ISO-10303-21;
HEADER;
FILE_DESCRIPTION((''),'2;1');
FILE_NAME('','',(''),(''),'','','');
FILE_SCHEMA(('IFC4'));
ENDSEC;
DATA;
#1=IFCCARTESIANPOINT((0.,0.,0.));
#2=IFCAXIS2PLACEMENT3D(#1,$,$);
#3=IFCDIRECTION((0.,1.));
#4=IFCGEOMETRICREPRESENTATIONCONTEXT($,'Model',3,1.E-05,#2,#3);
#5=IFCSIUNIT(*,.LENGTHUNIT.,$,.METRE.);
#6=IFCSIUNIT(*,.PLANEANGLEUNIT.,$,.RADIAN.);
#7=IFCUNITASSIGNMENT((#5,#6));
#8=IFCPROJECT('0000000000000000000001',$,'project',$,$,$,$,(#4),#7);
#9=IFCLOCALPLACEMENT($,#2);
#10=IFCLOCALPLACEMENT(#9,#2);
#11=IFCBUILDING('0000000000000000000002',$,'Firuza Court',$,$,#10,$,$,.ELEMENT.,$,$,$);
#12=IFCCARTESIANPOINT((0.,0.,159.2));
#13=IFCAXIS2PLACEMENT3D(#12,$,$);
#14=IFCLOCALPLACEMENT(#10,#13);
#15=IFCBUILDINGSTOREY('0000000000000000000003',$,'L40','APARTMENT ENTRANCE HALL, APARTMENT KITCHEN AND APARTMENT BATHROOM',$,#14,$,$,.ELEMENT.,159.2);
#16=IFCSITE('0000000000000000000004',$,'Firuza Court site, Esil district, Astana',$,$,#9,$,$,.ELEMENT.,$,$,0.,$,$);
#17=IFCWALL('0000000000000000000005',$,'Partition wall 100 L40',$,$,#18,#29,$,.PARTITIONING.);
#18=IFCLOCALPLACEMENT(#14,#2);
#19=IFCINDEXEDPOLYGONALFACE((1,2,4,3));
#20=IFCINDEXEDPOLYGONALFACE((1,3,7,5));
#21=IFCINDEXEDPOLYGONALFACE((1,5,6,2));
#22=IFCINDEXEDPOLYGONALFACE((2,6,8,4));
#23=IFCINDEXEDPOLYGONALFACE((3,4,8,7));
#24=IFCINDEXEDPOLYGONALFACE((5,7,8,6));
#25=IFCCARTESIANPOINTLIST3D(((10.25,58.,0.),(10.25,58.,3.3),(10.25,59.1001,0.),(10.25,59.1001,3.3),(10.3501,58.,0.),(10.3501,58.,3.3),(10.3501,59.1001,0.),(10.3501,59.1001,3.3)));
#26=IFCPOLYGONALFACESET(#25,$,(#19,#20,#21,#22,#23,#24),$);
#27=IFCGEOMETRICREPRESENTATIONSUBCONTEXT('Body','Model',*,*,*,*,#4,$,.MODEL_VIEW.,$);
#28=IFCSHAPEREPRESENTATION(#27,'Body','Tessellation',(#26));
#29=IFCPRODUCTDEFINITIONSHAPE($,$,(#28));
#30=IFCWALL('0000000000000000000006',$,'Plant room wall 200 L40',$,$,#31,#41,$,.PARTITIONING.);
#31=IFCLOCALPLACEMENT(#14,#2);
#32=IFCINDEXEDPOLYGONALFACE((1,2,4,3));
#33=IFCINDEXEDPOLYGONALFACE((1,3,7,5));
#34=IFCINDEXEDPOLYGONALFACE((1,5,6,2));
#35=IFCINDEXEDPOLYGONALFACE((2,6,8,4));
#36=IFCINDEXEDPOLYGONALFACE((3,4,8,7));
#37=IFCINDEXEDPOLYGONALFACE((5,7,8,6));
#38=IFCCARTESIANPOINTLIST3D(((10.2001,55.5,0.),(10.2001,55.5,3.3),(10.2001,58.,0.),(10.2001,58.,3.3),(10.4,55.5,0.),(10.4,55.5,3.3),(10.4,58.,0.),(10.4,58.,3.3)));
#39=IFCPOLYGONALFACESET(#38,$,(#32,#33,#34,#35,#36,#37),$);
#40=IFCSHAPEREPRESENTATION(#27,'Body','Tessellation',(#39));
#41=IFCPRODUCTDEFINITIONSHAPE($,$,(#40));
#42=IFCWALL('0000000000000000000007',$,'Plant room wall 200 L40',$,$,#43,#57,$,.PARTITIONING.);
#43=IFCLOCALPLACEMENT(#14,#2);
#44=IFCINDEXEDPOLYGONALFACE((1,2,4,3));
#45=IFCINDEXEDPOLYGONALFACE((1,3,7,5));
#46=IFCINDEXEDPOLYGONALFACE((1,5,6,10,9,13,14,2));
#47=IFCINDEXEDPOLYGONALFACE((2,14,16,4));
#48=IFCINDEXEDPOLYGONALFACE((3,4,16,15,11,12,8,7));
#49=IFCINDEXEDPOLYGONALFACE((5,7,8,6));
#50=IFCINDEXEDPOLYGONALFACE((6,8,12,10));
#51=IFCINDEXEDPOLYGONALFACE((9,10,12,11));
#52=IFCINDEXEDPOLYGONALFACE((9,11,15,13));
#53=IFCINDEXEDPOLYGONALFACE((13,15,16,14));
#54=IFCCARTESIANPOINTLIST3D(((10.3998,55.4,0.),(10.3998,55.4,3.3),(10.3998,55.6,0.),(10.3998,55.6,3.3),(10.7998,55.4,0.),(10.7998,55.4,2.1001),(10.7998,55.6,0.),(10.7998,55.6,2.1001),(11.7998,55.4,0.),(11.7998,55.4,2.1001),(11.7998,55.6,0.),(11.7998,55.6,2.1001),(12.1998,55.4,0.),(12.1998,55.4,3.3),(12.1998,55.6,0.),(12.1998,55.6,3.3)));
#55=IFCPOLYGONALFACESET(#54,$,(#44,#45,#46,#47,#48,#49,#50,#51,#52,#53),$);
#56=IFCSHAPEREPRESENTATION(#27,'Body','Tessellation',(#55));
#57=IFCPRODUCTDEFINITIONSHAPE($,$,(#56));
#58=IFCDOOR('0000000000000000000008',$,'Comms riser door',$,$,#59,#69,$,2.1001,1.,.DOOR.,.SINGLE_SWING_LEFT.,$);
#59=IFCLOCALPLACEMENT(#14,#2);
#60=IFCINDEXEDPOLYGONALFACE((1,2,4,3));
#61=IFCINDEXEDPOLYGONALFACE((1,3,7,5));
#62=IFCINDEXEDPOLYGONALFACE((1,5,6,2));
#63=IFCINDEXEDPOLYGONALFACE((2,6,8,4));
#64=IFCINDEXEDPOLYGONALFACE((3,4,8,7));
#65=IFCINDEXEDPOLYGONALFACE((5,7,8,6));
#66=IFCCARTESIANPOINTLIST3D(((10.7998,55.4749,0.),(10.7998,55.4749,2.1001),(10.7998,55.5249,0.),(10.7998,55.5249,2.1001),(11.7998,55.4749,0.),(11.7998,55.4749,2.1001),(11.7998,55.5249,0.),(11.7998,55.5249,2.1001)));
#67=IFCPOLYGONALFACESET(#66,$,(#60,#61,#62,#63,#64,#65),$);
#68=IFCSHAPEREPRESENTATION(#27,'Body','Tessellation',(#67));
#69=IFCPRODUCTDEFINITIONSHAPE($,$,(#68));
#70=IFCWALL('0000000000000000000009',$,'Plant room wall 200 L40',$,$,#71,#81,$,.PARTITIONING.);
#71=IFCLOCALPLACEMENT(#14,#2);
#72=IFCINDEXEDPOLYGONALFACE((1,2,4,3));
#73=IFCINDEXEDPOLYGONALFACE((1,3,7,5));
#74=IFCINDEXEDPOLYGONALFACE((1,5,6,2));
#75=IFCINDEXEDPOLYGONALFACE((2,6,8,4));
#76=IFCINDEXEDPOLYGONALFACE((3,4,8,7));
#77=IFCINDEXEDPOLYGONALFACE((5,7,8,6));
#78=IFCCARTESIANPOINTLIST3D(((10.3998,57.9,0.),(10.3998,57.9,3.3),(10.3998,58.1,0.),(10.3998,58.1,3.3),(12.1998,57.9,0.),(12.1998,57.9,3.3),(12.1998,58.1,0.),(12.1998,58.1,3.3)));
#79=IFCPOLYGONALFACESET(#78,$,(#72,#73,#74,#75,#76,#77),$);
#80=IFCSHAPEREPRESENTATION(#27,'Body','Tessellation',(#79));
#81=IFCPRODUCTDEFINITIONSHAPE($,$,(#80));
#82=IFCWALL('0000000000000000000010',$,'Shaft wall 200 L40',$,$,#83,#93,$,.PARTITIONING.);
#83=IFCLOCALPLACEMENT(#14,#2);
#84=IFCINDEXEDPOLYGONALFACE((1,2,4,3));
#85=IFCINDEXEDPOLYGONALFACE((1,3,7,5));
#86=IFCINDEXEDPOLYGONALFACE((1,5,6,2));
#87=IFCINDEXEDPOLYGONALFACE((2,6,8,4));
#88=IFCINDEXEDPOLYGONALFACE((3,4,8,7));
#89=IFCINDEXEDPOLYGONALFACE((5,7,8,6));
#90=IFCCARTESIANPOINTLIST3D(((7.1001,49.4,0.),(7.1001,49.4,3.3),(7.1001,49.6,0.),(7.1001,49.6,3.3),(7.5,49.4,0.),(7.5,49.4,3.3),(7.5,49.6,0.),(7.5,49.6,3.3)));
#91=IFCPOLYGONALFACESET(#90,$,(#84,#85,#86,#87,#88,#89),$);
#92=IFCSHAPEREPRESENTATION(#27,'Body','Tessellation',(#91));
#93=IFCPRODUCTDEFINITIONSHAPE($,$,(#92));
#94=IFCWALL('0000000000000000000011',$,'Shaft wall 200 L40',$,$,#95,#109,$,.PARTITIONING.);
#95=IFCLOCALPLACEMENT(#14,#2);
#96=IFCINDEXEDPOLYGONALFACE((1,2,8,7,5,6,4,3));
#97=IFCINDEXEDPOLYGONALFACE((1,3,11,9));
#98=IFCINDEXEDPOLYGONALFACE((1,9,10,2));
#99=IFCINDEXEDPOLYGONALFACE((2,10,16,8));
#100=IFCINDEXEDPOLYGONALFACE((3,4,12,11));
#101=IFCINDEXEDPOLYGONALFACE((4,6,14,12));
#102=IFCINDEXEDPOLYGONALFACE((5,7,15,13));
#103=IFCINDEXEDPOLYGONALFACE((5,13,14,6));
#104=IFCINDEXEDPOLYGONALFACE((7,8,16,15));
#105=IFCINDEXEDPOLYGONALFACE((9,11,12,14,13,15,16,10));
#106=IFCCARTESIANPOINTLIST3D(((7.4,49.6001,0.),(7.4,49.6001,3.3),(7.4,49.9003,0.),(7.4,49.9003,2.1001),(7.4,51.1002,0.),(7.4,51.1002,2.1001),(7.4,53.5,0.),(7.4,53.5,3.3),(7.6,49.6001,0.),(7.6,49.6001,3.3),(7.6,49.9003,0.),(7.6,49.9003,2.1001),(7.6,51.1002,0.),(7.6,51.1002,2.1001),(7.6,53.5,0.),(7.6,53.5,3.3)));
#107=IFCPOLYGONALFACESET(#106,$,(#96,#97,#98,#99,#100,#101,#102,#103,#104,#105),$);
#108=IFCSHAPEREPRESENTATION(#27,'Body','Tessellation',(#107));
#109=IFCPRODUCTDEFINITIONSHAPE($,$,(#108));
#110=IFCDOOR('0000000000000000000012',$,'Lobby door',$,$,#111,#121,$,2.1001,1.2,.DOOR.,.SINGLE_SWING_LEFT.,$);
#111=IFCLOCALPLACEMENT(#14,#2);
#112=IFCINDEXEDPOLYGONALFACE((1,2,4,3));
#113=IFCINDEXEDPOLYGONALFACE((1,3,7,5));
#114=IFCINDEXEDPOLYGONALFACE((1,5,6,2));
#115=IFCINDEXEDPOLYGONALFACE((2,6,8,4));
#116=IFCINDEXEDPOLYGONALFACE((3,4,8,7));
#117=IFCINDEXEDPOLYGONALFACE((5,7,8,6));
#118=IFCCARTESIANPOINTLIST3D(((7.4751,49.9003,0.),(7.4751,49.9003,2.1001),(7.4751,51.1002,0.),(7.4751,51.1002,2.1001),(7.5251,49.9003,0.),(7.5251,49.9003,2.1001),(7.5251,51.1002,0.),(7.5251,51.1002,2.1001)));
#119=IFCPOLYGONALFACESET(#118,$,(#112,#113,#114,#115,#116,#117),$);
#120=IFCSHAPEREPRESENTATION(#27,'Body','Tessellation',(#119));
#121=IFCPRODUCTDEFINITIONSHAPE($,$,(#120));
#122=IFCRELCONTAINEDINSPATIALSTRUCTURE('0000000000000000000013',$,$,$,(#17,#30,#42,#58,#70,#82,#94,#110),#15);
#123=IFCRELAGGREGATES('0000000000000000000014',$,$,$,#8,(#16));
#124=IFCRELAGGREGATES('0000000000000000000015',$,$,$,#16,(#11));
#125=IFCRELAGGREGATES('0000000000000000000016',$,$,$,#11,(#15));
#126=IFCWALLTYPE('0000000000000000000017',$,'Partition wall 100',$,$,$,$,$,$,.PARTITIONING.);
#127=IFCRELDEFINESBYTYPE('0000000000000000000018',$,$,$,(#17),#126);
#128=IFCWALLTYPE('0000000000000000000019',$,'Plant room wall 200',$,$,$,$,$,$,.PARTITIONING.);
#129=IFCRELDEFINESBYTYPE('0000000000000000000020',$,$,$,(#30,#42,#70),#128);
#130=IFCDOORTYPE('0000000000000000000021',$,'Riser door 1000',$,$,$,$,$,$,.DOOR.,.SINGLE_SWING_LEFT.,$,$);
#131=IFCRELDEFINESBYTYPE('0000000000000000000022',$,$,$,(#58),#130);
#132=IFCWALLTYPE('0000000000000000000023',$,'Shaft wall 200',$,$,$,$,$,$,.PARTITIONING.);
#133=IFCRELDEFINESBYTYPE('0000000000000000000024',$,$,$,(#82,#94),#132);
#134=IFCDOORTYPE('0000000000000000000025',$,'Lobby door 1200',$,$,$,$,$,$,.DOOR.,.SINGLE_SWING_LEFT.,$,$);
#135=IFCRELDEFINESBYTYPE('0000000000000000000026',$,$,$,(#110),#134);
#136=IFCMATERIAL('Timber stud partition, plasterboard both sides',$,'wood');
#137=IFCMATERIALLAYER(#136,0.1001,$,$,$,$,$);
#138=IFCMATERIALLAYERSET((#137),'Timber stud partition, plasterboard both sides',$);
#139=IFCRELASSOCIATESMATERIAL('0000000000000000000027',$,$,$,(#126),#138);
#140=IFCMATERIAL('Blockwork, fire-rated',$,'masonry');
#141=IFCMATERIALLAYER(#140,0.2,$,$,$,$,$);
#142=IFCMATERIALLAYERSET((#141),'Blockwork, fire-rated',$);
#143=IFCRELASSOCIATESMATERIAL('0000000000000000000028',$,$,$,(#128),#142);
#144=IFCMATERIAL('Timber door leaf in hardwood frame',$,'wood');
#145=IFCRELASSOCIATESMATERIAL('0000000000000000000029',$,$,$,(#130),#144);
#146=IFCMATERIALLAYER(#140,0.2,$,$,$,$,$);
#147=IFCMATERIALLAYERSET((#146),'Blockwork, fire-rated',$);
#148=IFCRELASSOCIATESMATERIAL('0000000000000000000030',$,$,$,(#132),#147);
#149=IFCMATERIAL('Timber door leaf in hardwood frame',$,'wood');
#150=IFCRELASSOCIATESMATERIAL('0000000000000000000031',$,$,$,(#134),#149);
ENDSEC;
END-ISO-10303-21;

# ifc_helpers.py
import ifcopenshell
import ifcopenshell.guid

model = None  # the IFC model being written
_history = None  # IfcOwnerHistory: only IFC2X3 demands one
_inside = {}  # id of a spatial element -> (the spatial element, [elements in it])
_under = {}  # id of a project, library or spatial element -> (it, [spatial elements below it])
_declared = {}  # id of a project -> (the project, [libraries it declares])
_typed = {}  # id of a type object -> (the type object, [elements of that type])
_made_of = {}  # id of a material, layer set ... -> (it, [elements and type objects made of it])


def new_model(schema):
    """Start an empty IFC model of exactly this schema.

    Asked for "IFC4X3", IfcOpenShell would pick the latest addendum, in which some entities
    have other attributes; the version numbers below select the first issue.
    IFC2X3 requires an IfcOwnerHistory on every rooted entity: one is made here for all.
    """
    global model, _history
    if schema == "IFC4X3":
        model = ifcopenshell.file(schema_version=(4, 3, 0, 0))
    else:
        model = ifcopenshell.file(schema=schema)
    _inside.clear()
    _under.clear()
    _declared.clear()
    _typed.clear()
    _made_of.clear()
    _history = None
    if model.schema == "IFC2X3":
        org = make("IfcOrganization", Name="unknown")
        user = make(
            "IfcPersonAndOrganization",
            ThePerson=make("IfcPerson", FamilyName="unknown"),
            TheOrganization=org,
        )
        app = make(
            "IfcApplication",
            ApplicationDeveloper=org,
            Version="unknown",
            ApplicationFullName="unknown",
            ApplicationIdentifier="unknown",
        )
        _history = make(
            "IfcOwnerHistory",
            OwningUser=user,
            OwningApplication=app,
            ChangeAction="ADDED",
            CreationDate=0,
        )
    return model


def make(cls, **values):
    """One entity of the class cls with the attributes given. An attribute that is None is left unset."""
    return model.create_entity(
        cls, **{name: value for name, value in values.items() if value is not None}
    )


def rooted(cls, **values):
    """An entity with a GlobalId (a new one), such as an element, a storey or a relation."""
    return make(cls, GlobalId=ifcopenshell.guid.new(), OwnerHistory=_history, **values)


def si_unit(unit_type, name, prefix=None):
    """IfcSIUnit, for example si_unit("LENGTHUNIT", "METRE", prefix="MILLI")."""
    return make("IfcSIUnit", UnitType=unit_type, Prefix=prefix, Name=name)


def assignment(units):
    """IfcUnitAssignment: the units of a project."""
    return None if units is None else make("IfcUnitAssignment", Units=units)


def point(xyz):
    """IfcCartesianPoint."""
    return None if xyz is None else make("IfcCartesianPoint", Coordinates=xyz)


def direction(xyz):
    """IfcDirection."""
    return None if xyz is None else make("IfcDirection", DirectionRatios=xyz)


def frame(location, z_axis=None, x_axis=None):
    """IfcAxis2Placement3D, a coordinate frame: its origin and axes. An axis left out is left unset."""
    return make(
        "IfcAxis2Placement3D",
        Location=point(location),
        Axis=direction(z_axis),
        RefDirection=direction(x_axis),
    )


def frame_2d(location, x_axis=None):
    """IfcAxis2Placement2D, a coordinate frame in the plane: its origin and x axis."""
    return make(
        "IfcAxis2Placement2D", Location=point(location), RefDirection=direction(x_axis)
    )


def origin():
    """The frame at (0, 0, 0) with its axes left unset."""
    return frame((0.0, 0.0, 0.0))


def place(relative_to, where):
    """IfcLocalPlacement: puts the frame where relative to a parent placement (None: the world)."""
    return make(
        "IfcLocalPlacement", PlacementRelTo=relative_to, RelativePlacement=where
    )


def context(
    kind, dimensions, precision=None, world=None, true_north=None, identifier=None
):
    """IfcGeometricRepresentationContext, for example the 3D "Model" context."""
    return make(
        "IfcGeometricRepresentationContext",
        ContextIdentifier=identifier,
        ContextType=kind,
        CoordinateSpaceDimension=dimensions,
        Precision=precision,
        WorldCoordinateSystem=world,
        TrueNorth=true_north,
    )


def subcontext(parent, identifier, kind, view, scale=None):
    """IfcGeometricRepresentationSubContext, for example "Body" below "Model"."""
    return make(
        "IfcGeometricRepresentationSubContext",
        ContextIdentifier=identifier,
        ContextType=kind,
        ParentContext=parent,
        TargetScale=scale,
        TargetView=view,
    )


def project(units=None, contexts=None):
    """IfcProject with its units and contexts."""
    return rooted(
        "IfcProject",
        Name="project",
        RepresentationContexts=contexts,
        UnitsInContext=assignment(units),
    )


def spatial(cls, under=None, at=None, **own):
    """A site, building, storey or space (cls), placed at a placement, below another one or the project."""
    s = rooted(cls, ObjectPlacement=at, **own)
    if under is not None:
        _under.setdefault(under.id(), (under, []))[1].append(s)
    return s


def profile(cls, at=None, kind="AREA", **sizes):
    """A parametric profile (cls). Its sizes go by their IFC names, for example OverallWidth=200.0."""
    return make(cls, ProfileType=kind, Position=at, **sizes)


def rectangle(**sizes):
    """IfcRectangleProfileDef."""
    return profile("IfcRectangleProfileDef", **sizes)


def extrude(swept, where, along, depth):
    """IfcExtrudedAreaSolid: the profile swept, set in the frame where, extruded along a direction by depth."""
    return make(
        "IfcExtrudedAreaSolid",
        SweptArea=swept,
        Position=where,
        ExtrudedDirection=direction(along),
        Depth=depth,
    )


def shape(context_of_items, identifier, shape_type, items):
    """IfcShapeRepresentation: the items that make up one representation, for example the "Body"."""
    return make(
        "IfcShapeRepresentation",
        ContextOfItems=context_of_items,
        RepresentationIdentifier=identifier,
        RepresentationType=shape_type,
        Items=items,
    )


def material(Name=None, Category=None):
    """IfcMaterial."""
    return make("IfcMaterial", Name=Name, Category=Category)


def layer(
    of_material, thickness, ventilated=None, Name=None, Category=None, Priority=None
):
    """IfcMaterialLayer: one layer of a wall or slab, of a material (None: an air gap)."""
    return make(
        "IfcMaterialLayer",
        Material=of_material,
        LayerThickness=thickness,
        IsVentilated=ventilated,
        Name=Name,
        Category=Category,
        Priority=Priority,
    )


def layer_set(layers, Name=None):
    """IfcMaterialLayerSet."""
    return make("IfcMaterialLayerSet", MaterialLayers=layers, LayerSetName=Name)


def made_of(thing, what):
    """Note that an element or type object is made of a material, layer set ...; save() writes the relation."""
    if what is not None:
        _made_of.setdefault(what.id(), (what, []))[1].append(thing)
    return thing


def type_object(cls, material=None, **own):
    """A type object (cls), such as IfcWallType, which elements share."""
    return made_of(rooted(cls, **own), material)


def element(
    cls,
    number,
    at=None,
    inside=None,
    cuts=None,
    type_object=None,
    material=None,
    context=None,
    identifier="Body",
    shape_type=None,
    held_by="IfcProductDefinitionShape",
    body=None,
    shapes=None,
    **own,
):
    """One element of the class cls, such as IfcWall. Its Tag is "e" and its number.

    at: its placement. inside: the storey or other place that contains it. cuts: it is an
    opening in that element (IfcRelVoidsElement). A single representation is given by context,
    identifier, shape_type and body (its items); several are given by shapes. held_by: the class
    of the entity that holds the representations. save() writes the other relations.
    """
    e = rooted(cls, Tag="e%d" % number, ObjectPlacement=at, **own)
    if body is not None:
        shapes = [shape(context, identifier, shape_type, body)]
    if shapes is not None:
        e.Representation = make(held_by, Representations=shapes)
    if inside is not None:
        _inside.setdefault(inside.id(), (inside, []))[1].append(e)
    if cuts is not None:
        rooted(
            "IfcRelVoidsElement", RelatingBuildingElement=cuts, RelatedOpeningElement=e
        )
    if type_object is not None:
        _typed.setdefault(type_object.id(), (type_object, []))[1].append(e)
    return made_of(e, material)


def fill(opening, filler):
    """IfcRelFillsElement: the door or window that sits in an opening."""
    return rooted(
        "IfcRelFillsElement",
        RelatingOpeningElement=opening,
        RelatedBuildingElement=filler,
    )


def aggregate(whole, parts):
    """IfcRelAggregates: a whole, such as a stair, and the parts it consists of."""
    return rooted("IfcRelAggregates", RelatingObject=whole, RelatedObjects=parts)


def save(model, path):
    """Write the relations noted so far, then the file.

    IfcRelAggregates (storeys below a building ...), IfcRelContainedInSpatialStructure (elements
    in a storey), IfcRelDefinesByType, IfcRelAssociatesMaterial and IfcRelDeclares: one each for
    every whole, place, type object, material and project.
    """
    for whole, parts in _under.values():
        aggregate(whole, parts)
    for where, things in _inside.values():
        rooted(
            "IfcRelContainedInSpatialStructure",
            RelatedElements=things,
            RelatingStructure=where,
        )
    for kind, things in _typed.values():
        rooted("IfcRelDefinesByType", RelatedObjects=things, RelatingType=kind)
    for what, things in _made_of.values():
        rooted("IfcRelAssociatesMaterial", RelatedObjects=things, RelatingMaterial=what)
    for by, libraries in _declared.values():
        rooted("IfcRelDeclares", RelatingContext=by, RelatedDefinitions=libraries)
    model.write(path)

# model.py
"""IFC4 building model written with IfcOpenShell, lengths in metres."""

from ifc_helpers import new_model, si_unit, direction, frame, frame_2d, origin, place, context, subcontext, project, spatial, rectangle, extrude, material, layer, layer_set, type_object, element, fill, save


model = new_model("IFC4")

# Units and contexts
model_context = context("Model", 3, precision=1e-05, world=origin(), true_north=direction((0.0, 1.0)))
body_context = subcontext(model_context, "Body", "Model", "MODEL_VIEW")
ifc_project = project(units=[si_unit("LENGTHUNIT", "METRE"), si_unit("PLANEANGLEUNIT", "RADIAN")], contexts=[model_context])

# Site, building, storey
site_placement = place(None, origin())
site = spatial("IfcSite", under=ifc_project, at=site_placement, Name="Firuza Court site, Esil district, Astana", CompositionType="ELEMENT", RefElevation=0.0)
building_placement = place(site_placement, origin())
building = spatial("IfcBuilding", under=site, at=building_placement, Name="Firuza Court", CompositionType="ELEMENT")
storey_placement = place(building_placement, frame((0.0, 0.0, 159.2)))
storey = spatial("IfcBuildingStorey", under=building, at=storey_placement, Name="L40", Description="APARTMENT ENTRANCE HALL, APARTMENT KITCHEN AND APARTMENT BATHROOM", CompositionType="ELEMENT", Elevation=159.2)

# Walls
ifc_material_1 = material(Name="Timber stud partition, plasterboard both sides", Category="wood")
ifc_layer_1 = layer(ifc_material_1, 0.1001)
ifc_layer_set_1 = layer_set([ifc_layer_1], Name="Timber stud partition, plasterboard both sides")
wall_type_1 = type_object("IfcWallType", Name="Partition wall 100", PredefinedType="PARTITIONING", material=ifc_layer_set_1)
wall_1_placement = place(storey_placement, frame((10.3, 58.0, 0.0), z_axis=(0.0, 0.0, 1.0), x_axis=(0.0, 1.0, 0.0)))
element("IfcWall", 1, at=wall_1_placement, inside=storey, type_object=wall_type_1, Name="Partition wall 100 L40", PredefinedType="PARTITIONING", context=body_context, shape_type="SweptSolid", body=[
    extrude(rectangle(XDim=1.1001, YDim=0.1001, at=frame_2d((0.55, 0.0))), origin(), (0.0, 0.0, 1.0), 3.3),
])
ifc_material_2 = material(Name="Blockwork, fire-rated", Category="masonry")
ifc_layer_2 = layer(ifc_material_2, 0.2)
ifc_layer_set_2 = layer_set([ifc_layer_2], Name="Blockwork, fire-rated")
wall_type_2 = type_object("IfcWallType", Name="Plant room wall 200", PredefinedType="PARTITIONING", material=ifc_layer_set_2)
wall_2_placement = place(storey_placement, frame((10.3, 55.5, 0.0), z_axis=(0.0, 0.0, 1.0), x_axis=(0.0, 1.0, 0.0)))
element("IfcWall", 2, at=wall_2_placement, inside=storey, type_object=wall_type_2, Name="Plant room wall 200 L40", PredefinedType="PARTITIONING", context=body_context, shape_type="SweptSolid", body=[
    extrude(rectangle(XDim=2.5, YDim=0.2, at=frame_2d((1.25, 0.0))), origin(), (0.0, 0.0, 1.0), 3.3),
])

# Wall, opening, door
wall_3_placement = place(storey_placement, frame((10.3999, 55.5, 0.0), z_axis=(0.0, 0.0, 1.0), x_axis=(1.0, 0.0, 0.0)))
wall_3 = element("IfcWall", 3, at=wall_3_placement, inside=storey, type_object=wall_type_2, Name="Plant room wall 200 L40", PredefinedType="PARTITIONING", context=body_context, shape_type="SweptSolid", body=[
    extrude(rectangle(XDim=1.8, YDim=0.2, at=frame_2d((0.8999, 0.0))), origin(), (0.0, 0.0, 1.0), 3.3),
])
opening_1_placement = place(wall_3_placement, frame((0.3999, 0.0, 0.0)))
opening_1 = element("IfcOpeningElement", 4, at=opening_1_placement, cuts=wall_3, PredefinedType="OPENING", context=body_context, shape_type="SweptSolid", body=[
    extrude(rectangle(XDim=1.0, YDim=2.1001, at=frame_2d((0.5, 1.05))), frame((0.0, 0.1118, 0.0), z_axis=(0.0, -1.0, 0.0), x_axis=(1.0, 0.0, 0.0)), (0.0, 0.0, 1.0), 0.2239),
])
ifc_material_3 = material(Name="Timber door leaf in hardwood frame", Category="wood")
door_type_1 = type_object("IfcDoorType", Name="Riser door 1000", OperationType="SINGLE_SWING_LEFT", PredefinedType="DOOR", material=ifc_material_3)
door_1_placement = place(opening_1_placement, origin())
door_1 = element("IfcDoor", 5, at=door_1_placement, inside=storey, type_object=door_type_1, Name="Comms riser door", OperationType="SINGLE_SWING_LEFT", OverallHeight=2.1001, OverallWidth=1.0, PredefinedType="DOOR", context=body_context, shape_type="SweptSolid", body=[
    extrude(rectangle(XDim=1.0, YDim=2.1001, at=frame_2d((0.5, 1.05))), frame((0.0, 0.0249, 0.0), z_axis=(0.0, -1.0, 0.0), x_axis=(1.0, 0.0, 0.0)), (0.0, 0.0, 1.0), 0.05),
])
fill(opening_1, door_1)

# Walls
wall_4_placement = place(storey_placement, frame((10.3999, 58.0, 0.0), z_axis=(0.0, 0.0, 1.0), x_axis=(1.0, 0.0, 0.0)))
element("IfcWall", 6, at=wall_4_placement, inside=storey, type_object=wall_type_2, Name="Plant room wall 200 L40", PredefinedType="PARTITIONING", context=body_context, shape_type="SweptSolid", body=[
    extrude(rectangle(XDim=1.8, YDim=0.2, at=frame_2d((0.8999, 0.0))), origin(), (0.0, 0.0, 1.0), 3.3),
])
ifc_layer_3 = layer(ifc_material_2, 0.2)
ifc_layer_set_3 = layer_set([ifc_layer_3], Name="Blockwork, fire-rated")
wall_type_3 = type_object("IfcWallType", Name="Shaft wall 200", PredefinedType="PARTITIONING", material=ifc_layer_set_3)
wall_5_placement = place(storey_placement, frame((7.1001, 49.5, 0.0), z_axis=(0.0, 0.0, 1.0), x_axis=(1.0, 0.0, 0.0)))
element("IfcWall", 7, at=wall_5_placement, inside=storey, type_object=wall_type_3, Name="Shaft wall 200 L40", PredefinedType="PARTITIONING", context=body_context, shape_type="SweptSolid", body=[
    extrude(rectangle(XDim=0.3999, YDim=0.2, at=frame_2d((0.2, 0.0))), origin(), (0.0, 0.0, 1.0), 3.3),
])

# Wall, opening, door
wall_6_placement = place(storey_placement, frame((7.5, 49.6001, 0.0), z_axis=(0.0, 0.0, 1.0), x_axis=(0.0, 1.0, 0.0)))
wall_6 = element("IfcWall", 8, at=wall_6_placement, inside=storey, type_object=wall_type_3, Name="Shaft wall 200 L40", PredefinedType="PARTITIONING", context=body_context, shape_type="SweptSolid", body=[
    extrude(rectangle(XDim=3.8999, YDim=0.2, at=frame_2d((1.95, 0.0))), origin(), (0.0, 0.0, 1.0), 3.3),
])
opening_2_placement = place(wall_6_placement, frame((0.3, 0.0, 0.0)))
opening_2 = element("IfcOpeningElement", 9, at=opening_2_placement, cuts=wall_6, PredefinedType="OPENING", context=body_context, shape_type="SweptSolid", body=[
    extrude(rectangle(XDim=1.2, YDim=2.1001, at=frame_2d((0.6001, 1.05))), frame((0.0, 0.1118, 0.0), z_axis=(0.0, -1.0, 0.0), x_axis=(1.0, 0.0, 0.0)), (0.0, 0.0, 1.0), 0.2239),
])
ifc_material_4 = material(Name="Timber door leaf in hardwood frame", Category="wood")
door_type_2 = type_object("IfcDoorType", Name="Lobby door 1200", OperationType="SINGLE_SWING_LEFT", PredefinedType="DOOR", material=ifc_material_4)
door_2_placement = place(opening_2_placement, origin())
door_2 = element("IfcDoor", 10, at=door_2_placement, inside=storey, type_object=door_type_2, Name="Lobby door", OperationType="SINGLE_SWING_LEFT", OverallHeight=2.1001, OverallWidth=1.2, PredefinedType="DOOR", context=body_context, shape_type="SweptSolid", body=[
    extrude(rectangle(XDim=1.2, YDim=2.1001, at=frame_2d((0.6001, 1.05))), frame((0.0, 0.0249, 0.0), z_axis=(0.0, -1.0, 0.0), x_axis=(1.0, 0.0, 0.0)), (0.0, 0.0, 1.0), 0.05),
])
fill(opening_2, door_2)

save(model, "model.ifc")
